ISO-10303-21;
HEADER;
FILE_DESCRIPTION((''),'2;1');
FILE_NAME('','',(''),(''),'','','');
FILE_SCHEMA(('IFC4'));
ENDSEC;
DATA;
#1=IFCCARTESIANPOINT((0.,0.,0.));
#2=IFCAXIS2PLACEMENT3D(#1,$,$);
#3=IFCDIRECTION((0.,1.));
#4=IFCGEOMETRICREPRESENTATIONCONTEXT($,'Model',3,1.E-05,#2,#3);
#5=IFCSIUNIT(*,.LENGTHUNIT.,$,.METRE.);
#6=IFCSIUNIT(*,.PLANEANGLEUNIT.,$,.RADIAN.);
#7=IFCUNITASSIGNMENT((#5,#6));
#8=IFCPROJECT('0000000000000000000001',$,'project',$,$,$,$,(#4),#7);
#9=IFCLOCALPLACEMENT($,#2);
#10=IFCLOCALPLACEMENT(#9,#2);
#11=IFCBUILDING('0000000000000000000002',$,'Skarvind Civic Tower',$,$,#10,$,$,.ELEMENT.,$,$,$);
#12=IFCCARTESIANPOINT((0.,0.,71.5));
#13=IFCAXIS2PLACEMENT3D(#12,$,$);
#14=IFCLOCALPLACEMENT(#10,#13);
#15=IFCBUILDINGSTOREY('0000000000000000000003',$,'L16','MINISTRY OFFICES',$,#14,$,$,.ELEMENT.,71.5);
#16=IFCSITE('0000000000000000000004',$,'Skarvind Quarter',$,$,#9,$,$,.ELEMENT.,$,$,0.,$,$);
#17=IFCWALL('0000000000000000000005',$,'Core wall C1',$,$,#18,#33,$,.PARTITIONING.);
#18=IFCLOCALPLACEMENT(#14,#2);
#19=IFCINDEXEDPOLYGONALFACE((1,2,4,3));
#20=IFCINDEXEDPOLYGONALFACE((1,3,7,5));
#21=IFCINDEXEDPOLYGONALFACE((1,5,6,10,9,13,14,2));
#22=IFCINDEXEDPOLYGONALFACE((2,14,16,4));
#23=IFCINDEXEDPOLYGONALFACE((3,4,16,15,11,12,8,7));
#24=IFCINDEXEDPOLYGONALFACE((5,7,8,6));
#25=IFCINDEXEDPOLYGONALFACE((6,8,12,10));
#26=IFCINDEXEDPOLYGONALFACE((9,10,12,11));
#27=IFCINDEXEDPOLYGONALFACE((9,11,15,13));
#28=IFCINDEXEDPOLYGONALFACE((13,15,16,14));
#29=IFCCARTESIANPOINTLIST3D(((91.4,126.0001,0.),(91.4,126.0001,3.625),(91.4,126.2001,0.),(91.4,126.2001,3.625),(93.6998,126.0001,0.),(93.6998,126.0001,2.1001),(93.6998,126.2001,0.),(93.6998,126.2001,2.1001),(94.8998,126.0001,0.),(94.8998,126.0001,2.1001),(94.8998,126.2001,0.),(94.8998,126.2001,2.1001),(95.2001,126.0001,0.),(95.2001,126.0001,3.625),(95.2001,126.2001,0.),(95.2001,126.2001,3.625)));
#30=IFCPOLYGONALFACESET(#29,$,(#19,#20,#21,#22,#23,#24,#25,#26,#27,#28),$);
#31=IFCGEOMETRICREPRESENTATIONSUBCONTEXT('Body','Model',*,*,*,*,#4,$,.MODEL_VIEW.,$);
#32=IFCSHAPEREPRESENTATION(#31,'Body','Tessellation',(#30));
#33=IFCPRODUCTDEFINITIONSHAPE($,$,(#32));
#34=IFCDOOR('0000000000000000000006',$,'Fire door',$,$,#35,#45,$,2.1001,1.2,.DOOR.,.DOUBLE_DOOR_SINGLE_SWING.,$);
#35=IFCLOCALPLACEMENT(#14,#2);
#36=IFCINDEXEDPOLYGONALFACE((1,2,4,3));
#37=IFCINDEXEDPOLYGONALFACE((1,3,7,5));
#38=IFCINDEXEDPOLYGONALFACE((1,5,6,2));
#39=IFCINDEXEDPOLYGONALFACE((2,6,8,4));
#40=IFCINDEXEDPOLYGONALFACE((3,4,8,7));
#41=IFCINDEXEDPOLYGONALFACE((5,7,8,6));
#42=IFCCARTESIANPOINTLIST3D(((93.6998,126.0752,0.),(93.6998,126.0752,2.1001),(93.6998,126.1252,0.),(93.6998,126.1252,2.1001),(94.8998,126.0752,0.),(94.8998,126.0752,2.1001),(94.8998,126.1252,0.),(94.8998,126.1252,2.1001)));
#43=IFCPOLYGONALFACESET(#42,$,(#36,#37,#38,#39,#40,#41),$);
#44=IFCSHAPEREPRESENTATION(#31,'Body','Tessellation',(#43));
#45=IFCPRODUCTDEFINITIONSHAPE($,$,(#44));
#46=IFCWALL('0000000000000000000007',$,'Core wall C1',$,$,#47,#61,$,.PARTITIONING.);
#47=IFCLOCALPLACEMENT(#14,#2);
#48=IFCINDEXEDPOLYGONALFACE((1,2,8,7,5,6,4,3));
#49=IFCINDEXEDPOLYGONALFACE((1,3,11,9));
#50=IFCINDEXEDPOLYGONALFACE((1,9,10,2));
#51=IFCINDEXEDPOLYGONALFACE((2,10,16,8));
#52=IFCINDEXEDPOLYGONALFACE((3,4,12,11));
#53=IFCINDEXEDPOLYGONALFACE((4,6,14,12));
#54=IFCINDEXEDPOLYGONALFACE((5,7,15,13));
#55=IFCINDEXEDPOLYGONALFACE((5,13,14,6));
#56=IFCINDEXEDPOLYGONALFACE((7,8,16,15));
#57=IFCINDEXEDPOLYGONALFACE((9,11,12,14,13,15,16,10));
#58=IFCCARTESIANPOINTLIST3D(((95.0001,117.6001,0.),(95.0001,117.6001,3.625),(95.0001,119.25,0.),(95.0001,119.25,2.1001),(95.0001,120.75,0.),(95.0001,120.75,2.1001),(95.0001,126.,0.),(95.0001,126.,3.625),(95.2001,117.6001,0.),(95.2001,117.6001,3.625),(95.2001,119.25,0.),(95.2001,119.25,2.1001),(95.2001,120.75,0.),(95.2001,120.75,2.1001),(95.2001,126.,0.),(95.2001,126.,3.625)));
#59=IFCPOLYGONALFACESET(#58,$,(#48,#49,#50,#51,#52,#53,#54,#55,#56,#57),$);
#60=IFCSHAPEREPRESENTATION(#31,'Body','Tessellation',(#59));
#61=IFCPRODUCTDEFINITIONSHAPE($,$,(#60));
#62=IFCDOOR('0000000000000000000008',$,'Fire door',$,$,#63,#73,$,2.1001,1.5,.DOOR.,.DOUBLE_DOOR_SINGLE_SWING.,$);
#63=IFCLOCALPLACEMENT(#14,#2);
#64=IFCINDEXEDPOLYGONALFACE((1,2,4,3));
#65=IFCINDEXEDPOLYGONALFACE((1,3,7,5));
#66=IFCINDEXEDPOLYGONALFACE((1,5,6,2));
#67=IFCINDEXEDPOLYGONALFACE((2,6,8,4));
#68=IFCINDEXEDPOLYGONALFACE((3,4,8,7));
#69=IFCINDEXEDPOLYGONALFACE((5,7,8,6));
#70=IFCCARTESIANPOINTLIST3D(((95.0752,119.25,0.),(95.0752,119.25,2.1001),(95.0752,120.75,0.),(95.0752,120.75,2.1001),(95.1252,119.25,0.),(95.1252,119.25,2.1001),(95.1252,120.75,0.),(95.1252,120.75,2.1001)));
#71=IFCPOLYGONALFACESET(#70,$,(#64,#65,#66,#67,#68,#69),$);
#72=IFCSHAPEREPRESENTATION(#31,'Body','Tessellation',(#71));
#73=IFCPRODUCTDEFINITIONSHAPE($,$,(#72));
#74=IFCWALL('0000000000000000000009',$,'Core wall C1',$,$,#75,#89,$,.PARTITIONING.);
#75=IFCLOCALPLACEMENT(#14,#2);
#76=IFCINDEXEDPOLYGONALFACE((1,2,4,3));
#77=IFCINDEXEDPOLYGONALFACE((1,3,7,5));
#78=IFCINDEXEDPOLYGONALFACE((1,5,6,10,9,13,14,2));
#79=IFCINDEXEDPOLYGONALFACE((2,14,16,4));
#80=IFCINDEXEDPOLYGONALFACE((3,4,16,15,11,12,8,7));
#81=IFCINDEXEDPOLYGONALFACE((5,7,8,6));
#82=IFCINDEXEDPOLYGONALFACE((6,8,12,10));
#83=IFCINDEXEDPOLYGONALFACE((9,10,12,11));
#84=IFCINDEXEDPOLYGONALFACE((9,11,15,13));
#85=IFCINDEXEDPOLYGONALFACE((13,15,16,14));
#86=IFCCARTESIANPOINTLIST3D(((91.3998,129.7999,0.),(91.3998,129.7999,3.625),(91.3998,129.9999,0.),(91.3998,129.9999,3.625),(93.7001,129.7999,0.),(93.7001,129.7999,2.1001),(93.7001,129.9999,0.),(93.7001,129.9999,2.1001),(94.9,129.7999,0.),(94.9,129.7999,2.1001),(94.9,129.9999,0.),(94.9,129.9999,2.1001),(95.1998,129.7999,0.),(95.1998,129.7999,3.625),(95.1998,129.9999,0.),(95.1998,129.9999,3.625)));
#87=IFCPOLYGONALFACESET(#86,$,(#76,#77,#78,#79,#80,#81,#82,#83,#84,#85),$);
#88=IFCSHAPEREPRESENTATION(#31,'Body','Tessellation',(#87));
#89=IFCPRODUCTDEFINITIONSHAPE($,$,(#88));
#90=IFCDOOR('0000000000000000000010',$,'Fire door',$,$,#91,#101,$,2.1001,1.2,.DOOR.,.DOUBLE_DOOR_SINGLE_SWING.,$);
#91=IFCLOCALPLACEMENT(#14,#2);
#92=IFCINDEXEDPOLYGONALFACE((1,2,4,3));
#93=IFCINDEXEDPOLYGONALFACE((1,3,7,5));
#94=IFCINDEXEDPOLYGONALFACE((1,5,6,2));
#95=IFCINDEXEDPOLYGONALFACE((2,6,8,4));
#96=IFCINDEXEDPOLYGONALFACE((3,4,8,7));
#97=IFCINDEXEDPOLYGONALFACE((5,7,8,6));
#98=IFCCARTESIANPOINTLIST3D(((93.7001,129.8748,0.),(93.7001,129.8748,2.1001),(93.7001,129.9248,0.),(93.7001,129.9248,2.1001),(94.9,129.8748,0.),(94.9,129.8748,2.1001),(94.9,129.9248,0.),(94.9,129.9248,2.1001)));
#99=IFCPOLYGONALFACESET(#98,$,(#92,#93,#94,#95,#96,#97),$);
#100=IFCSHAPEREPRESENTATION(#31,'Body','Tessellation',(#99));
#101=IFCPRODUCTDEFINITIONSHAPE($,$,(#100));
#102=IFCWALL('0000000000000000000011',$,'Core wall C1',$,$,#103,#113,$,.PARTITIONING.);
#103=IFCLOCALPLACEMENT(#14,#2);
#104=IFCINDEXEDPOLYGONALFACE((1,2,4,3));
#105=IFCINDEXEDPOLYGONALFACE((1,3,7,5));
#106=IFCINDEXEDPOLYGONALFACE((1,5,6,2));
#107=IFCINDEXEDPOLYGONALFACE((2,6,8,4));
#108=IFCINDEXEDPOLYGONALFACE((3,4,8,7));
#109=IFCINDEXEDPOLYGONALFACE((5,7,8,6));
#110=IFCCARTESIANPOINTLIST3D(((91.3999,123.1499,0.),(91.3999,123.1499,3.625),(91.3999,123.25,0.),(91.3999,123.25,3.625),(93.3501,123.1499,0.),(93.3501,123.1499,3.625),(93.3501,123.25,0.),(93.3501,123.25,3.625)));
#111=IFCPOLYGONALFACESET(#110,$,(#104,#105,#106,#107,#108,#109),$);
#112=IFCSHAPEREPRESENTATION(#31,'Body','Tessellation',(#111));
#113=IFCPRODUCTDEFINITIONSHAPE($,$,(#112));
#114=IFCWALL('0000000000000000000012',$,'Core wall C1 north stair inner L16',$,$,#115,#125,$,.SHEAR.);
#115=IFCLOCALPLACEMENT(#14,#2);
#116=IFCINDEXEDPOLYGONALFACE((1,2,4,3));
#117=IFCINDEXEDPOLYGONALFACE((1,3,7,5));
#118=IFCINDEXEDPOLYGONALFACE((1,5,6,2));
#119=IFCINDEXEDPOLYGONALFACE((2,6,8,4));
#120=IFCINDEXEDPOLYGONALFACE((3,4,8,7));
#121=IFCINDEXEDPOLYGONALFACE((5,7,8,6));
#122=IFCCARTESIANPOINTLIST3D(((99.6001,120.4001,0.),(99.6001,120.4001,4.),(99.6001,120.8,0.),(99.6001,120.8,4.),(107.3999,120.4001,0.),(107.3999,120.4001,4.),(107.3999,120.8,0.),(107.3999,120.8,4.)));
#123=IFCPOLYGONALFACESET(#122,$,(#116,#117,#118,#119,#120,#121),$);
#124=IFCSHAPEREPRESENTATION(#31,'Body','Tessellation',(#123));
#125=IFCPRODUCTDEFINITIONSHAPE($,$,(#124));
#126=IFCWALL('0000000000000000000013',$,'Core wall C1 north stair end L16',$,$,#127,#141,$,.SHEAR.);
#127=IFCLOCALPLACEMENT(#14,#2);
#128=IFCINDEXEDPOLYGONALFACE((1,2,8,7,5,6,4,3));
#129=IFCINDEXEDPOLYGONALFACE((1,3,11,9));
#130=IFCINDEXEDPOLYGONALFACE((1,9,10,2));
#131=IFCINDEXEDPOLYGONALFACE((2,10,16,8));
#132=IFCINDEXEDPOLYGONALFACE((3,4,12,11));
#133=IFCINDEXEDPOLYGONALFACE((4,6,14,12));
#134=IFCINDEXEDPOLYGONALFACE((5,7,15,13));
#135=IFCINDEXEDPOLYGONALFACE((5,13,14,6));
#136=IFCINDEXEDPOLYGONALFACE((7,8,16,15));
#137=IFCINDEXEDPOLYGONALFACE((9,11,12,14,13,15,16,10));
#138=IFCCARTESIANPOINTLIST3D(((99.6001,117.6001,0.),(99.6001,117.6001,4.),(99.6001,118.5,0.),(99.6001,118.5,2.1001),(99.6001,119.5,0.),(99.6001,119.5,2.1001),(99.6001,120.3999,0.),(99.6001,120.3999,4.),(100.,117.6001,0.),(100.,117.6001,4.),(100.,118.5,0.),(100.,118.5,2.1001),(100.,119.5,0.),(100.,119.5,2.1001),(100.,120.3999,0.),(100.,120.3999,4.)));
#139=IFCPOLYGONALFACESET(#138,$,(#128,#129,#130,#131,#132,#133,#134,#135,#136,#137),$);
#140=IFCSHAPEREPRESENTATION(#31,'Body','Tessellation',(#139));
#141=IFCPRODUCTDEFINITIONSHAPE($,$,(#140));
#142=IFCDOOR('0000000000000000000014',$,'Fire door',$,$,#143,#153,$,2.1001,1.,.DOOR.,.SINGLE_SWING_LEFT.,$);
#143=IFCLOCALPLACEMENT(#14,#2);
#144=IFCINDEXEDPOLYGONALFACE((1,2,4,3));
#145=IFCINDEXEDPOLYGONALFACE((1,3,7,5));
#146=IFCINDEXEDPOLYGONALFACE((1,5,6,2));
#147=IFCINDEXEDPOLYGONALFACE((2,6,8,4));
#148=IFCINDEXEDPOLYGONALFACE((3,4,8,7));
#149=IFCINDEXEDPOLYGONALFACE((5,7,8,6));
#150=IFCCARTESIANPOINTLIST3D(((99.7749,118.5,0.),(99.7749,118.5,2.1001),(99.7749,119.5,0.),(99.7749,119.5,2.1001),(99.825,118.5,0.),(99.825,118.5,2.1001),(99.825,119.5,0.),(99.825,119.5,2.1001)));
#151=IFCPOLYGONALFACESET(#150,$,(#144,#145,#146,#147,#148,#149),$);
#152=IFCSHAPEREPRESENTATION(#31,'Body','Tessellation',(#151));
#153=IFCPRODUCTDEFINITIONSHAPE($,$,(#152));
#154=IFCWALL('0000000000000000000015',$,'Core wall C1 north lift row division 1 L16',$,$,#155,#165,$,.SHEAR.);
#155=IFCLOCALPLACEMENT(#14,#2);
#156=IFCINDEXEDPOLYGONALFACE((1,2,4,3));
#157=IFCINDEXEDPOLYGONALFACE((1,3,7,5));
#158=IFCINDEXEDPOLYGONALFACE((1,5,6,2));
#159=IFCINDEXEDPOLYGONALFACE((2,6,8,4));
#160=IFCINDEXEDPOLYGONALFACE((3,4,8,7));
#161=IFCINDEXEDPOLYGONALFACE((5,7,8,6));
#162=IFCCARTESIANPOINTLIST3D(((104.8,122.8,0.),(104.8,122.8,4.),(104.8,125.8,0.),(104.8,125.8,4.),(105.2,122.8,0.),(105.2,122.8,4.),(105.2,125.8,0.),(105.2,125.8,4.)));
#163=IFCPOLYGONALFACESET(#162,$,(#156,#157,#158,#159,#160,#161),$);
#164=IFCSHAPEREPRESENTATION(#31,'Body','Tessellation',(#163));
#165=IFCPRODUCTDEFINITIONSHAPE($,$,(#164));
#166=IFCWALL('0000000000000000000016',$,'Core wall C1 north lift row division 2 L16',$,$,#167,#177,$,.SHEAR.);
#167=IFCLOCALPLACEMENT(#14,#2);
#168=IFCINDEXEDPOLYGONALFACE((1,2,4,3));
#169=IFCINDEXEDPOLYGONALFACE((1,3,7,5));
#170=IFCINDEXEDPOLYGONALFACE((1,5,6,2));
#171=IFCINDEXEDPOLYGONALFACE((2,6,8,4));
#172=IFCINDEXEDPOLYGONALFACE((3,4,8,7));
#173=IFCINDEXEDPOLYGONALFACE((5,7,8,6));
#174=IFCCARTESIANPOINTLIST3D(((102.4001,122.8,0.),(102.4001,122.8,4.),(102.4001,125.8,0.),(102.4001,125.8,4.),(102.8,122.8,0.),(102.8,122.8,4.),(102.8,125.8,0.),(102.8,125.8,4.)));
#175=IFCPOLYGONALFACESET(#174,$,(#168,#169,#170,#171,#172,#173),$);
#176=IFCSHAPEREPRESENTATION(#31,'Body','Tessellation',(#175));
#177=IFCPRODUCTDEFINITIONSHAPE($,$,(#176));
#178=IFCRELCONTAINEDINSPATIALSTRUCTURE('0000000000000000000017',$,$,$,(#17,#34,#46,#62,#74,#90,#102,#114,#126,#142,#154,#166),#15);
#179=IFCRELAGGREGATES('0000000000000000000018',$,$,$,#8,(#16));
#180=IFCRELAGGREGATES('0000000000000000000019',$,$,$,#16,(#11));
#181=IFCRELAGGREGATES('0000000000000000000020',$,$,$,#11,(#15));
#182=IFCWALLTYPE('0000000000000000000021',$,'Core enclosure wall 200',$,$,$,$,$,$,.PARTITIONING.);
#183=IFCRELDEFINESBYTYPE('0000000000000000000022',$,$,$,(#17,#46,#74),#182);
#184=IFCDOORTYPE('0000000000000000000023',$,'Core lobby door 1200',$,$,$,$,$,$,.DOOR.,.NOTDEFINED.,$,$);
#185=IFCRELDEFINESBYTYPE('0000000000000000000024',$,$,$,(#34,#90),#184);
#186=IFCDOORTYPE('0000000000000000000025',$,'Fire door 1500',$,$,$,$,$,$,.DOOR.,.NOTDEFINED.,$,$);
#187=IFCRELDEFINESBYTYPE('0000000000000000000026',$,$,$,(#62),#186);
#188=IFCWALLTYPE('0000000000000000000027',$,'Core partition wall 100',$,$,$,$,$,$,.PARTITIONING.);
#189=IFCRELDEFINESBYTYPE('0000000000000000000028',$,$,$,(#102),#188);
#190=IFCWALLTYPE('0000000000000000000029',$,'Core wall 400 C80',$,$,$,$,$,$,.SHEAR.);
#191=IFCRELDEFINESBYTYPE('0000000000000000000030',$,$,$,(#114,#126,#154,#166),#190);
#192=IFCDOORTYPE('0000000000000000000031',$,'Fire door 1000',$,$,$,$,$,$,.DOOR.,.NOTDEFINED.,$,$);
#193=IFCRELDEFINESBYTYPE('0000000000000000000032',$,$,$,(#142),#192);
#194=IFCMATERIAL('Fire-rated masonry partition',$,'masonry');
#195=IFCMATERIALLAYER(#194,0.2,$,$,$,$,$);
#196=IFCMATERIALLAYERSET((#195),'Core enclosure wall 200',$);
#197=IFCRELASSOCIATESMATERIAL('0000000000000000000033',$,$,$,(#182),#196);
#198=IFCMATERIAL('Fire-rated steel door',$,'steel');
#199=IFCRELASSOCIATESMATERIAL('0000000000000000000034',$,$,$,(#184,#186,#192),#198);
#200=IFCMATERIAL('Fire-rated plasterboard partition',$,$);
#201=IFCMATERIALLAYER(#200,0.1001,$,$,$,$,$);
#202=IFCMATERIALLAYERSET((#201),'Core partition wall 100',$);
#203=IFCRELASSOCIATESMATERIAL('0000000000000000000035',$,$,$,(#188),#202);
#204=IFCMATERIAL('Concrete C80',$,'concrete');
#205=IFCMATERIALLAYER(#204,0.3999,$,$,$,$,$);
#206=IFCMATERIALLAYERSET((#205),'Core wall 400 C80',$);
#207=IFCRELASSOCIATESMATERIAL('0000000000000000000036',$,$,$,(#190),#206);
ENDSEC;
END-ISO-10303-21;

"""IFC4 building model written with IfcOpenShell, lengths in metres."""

from ifc_helpers import new_model, si_unit, direction, frame, frame_2d, origin, place, context, subcontext, project, spatial, rectangle, extrude, material, layer, layer_set, type_object, element, fill, save


model = new_model("IFC4")

# Units and contexts
model_context = context("Model", 3, precision=1e-05, world=origin(), true_north=direction((0.0, 1.0)))
body_context = subcontext(model_context, "Body", "Model", "MODEL_VIEW")
ifc_project = project(units=[si_unit("LENGTHUNIT", "METRE"), si_unit("PLANEANGLEUNIT", "RADIAN")], contexts=[model_context])

# Site, building, storey
site_placement = place(None, origin())
site = spatial("IfcSite", under=ifc_project, at=site_placement, Name="Skarvind Quarter", CompositionType="ELEMENT", RefElevation=0.0)
building_placement = place(site_placement, origin())
building = spatial("IfcBuilding", under=site, at=building_placement, Name="Skarvind Civic Tower", CompositionType="ELEMENT")
storey_placement = place(building_placement, frame((0.0, 0.0, 71.5)))
storey = spatial("IfcBuildingStorey", under=building, at=storey_placement, Name="L16", Description="MINISTRY OFFICES", CompositionType="ELEMENT", Elevation=71.5)

# Walls, openings, doors
ifc_material_1 = material(Name="Fire-rated masonry partition", Category="masonry")
ifc_layer_1 = layer(ifc_material_1, 0.2)
ifc_layer_set_1 = layer_set([ifc_layer_1], Name="Core enclosure wall 200")
wall_type_1 = type_object("IfcWallType", Name="Core enclosure wall 200", PredefinedType="PARTITIONING", material=ifc_layer_set_1)
wall_1_placement = place(storey_placement, frame((95.2, 126.1001, 0.0), z_axis=(0.0, 0.0, 1.0), x_axis=(-1.0, 0.0, 0.0)))
wall_1 = element("IfcWall", 1, at=wall_1_placement, inside=storey, type_object=wall_type_1, Name="Core wall C1", PredefinedType="PARTITIONING", context=body_context, shape_type="SweptSolid", body=[
    extrude(rectangle(XDim=3.8, YDim=0.2, at=frame_2d((1.8999, 0.0))), origin(), (0.0, 0.0, 1.0), 3.625),
])
opening_1_placement = place(wall_1_placement, frame((0.3, 0.0, 0.0)))
opening_1 = element("IfcOpeningElement", 2, at=opening_1_placement, cuts=wall_1, PredefinedType="OPENING", context=body_context, shape_type="SweptSolid", body=[
    extrude(rectangle(XDim=1.2, YDim=2.1001, at=frame_2d((0.6001, 1.05))), frame((0.0, 0.1099, 0.0), z_axis=(0.0, -1.0, 0.0), x_axis=(1.0, 0.0, 0.0)), (0.0, 0.0, 1.0), 0.22),
])
ifc_material_2 = material(Name="Fire-rated steel door", Category="steel")
door_type_1 = type_object("IfcDoorType", Name="Core lobby door 1200", OperationType="NOTDEFINED", PredefinedType="DOOR", material=ifc_material_2)
door_1_placement = place(opening_1_placement, origin())
door_1 = element("IfcDoor", 3, at=door_1_placement, inside=storey, type_object=door_type_1, Name="Fire door", OperationType="DOUBLE_DOOR_SINGLE_SWING", OverallHeight=2.1001, OverallWidth=1.2, PredefinedType="DOOR", context=body_context, shape_type="SweptSolid", body=[
    extrude(rectangle(XDim=1.2, YDim=2.1001, at=frame_2d((0.6001, 1.05))), frame((0.0, 0.0249, 0.0), z_axis=(0.0, -1.0, 0.0), x_axis=(1.0, 0.0, 0.0)), (0.0, 0.0, 1.0), 0.05),
])
fill(opening_1, door_1)
wall_2_placement = place(storey_placement, frame((95.1001, 117.6001, 0.0), z_axis=(0.0, 0.0, 1.0), x_axis=(0.0, 1.0, 0.0)))
wall_2 = element("IfcWall", 4, at=wall_2_placement, inside=storey, type_object=wall_type_1, Name="Core wall C1", PredefinedType="PARTITIONING", context=body_context, shape_type="SweptSolid", body=[
    extrude(rectangle(XDim=8.3999, YDim=0.2, at=frame_2d((4.2, 0.0))), origin(), (0.0, 0.0, 1.0), 3.625),
])
opening_2_placement = place(wall_2_placement, frame((1.6499, 0.0, 0.0)))
opening_2 = element("IfcOpeningElement", 5, at=opening_2_placement, cuts=wall_2, PredefinedType="OPENING", context=body_context, shape_type="SweptSolid", body=[
    extrude(rectangle(XDim=1.5, YDim=2.1001, at=frame_2d((0.75, 1.05))), frame((0.0, 0.1099, 0.0), z_axis=(0.0, -1.0, 0.0), x_axis=(1.0, 0.0, 0.0)), (0.0, 0.0, 1.0), 0.22),
])
door_type_2 = type_object("IfcDoorType", Name="Fire door 1500", OperationType="NOTDEFINED", PredefinedType="DOOR", material=ifc_material_2)
door_2_placement = place(opening_2_placement, origin())
door_2 = element("IfcDoor", 6, at=door_2_placement, inside=storey, type_object=door_type_2, Name="Fire door", OperationType="DOUBLE_DOOR_SINGLE_SWING", OverallHeight=2.1001, OverallWidth=1.5, PredefinedType="DOOR", context=body_context, shape_type="SweptSolid", body=[
    extrude(rectangle(XDim=1.5, YDim=2.1001, at=frame_2d((0.75, 1.05))), frame((0.0, 0.0249, 0.0), z_axis=(0.0, -1.0, 0.0), x_axis=(1.0, 0.0, 0.0)), (0.0, 0.0, 1.0), 0.05),
])
fill(opening_2, door_2)
wall_3_placement = place(storey_placement, frame((91.3999, 129.8999, 0.0), z_axis=(0.0, 0.0, 1.0), x_axis=(1.0, 0.0, 0.0)))
wall_3 = element("IfcWall", 7, at=wall_3_placement, inside=storey, type_object=wall_type_1, Name="Core wall C1", PredefinedType="PARTITIONING", context=body_context, shape_type="SweptSolid", body=[
    extrude(rectangle(XDim=3.8, YDim=0.2, at=frame_2d((1.8999, 0.0))), origin(), (0.0, 0.0, 1.0), 3.625),
])
opening_3_placement = place(wall_3_placement, frame((2.3, 0.0, 0.0)))
opening_3 = element("IfcOpeningElement", 8, at=opening_3_placement, cuts=wall_3, PredefinedType="OPENING", context=body_context, shape_type="SweptSolid", body=[
    extrude(rectangle(XDim=1.2, YDim=2.1001, at=frame_2d((0.6001, 1.05))), frame((0.0, 0.1099, 0.0), z_axis=(0.0, -1.0, 0.0), x_axis=(1.0, 0.0, 0.0)), (0.0, 0.0, 1.0), 0.22),
])
door_3_placement = place(opening_3_placement, origin())
door_3 = element("IfcDoor", 9, at=door_3_placement, inside=storey, type_object=door_type_1, Name="Fire door", OperationType="DOUBLE_DOOR_SINGLE_SWING", OverallHeight=2.1001, OverallWidth=1.2, PredefinedType="DOOR", context=body_context, shape_type="SweptSolid", body=[
    extrude(rectangle(XDim=1.2, YDim=2.1001, at=frame_2d((0.6001, 1.05))), frame((0.0, 0.0249, 0.0), z_axis=(0.0, -1.0, 0.0), x_axis=(1.0, 0.0, 0.0)), (0.0, 0.0, 1.0), 0.05),
])
fill(opening_3, door_3)

# Walls
ifc_material_3 = material(Name="Fire-rated plasterboard partition")
ifc_layer_2 = layer(ifc_material_3, 0.1001)
ifc_layer_set_2 = layer_set([ifc_layer_2], Name="Core partition wall 100")
wall_type_2 = type_object("IfcWallType", Name="Core partition wall 100", PredefinedType="PARTITIONING", material=ifc_layer_set_2)
wall_4_placement = place(storey_placement, frame((93.3501, 123.2, 0.0), z_axis=(0.0, 0.0, 1.0), x_axis=(-1.0, 0.0, 0.0)))
element("IfcWall", 10, at=wall_4_placement, inside=storey, type_object=wall_type_2, Name="Core wall C1", PredefinedType="PARTITIONING", context=body_context, shape_type="SweptSolid", body=[
    extrude(rectangle(XDim=1.9502, YDim=0.1001, at=frame_2d((0.9751, 0.0))), origin(), (0.0, 0.0, 1.0), 3.625),
])
ifc_material_4 = material(Name="Concrete C80", Category="concrete")
ifc_layer_3 = layer(ifc_material_4, 0.3999)
ifc_layer_set_3 = layer_set([ifc_layer_3], Name="Core wall 400 C80")
wall_type_3 = type_object("IfcWallType", Name="Core wall 400 C80", PredefinedType="SHEAR", material=ifc_layer_set_3)
wall_5_placement = place(storey_placement, frame((107.3999, 120.6001, 0.0), z_axis=(0.0, 0.0, 1.0), x_axis=(-1.0, 0.0, 0.0)))
element("IfcWall", 11, at=wall_5_placement, inside=storey, type_object=wall_type_3, Name="Core wall C1 north stair inner L16", PredefinedType="SHEAR", context=body_context, shape_type="SweptSolid", body=[
    extrude(rectangle(XDim=7.7998, YDim=0.3999, at=frame_2d((3.8999, 0.0))), origin(), (0.0, 0.0, 1.0), 4.0),
])

# Wall, opening, door
wall_6_placement = place(storey_placement, frame((99.8, 120.3999, 0.0), z_axis=(0.0, 0.0, 1.0), x_axis=(0.0, -1.0, 0.0)))
wall_6 = element("IfcWall", 12, at=wall_6_placement, inside=storey, type_object=wall_type_3, Name="Core wall C1 north stair end L16", PredefinedType="SHEAR", context=body_context, shape_type="SweptSolid", body=[
    extrude(rectangle(XDim=2.7998, YDim=0.3999, at=frame_2d((1.3999, 0.0))), origin(), (0.0, 0.0, 1.0), 4.0),
])
opening_4_placement = place(wall_6_placement, frame((0.8999, 0.0, 0.0)))
opening_4 = element("IfcOpeningElement", 13, at=opening_4_placement, cuts=wall_6, PredefinedType="OPENING", context=body_context, shape_type="SweptSolid", body=[
    extrude(rectangle(XDim=1.0, YDim=2.1001, at=frame_2d((0.5, 1.05))), frame((0.0, 0.21, 0.0), z_axis=(0.0, -1.0, 0.0), x_axis=(1.0, 0.0, 0.0)), (0.0, 0.0, 1.0), 0.4199),
])
door_type_3 = type_object("IfcDoorType", Name="Fire door 1000", OperationType="NOTDEFINED", PredefinedType="DOOR", material=ifc_material_2)
door_4_placement = place(opening_4_placement, origin())
door_4 = element("IfcDoor", 14, at=door_4_placement, inside=storey, type_object=door_type_3, Name="Fire door", OperationType="SINGLE_SWING_LEFT", OverallHeight=2.1001, OverallWidth=1.0, PredefinedType="DOOR", context=body_context, shape_type="SweptSolid", body=[
    extrude(rectangle(XDim=1.0, YDim=2.1001, at=frame_2d((0.5, 1.05))), frame((0.0, 0.0249, 0.0), z_axis=(0.0, -1.0, 0.0), x_axis=(1.0, 0.0, 0.0)), (0.0, 0.0, 1.0), 0.05),
])
fill(opening_4, door_4)

# Walls
for number, where, z_axis, x_axis, name in (
    (15, (105.0, 125.8, 0.0), (0.0, 0.0, 1.0), (0.0, -1.0, 0.0), "Core wall C1 north lift row division 1 L16"),
    (16, (102.6001, 125.8, 0.0), (0.0, 0.0, 1.0), (0.0, -1.0, 0.0), "Core wall C1 north lift row division 2 L16"),
):
    element("IfcWall", number, at=place(storey_placement, frame(where, z_axis=z_axis, x_axis=x_axis)), inside=storey, type_object=wall_type_3, Name=name, PredefinedType="SHEAR", context=body_context, shape_type="SweptSolid", body=[
        extrude(rectangle(XDim=3.0, YDim=0.3999, at=frame_2d((1.5, 0.0))), origin(), (0.0, 0.0, 1.0), 4.0),
    ])

save(model, "model.ifc")
